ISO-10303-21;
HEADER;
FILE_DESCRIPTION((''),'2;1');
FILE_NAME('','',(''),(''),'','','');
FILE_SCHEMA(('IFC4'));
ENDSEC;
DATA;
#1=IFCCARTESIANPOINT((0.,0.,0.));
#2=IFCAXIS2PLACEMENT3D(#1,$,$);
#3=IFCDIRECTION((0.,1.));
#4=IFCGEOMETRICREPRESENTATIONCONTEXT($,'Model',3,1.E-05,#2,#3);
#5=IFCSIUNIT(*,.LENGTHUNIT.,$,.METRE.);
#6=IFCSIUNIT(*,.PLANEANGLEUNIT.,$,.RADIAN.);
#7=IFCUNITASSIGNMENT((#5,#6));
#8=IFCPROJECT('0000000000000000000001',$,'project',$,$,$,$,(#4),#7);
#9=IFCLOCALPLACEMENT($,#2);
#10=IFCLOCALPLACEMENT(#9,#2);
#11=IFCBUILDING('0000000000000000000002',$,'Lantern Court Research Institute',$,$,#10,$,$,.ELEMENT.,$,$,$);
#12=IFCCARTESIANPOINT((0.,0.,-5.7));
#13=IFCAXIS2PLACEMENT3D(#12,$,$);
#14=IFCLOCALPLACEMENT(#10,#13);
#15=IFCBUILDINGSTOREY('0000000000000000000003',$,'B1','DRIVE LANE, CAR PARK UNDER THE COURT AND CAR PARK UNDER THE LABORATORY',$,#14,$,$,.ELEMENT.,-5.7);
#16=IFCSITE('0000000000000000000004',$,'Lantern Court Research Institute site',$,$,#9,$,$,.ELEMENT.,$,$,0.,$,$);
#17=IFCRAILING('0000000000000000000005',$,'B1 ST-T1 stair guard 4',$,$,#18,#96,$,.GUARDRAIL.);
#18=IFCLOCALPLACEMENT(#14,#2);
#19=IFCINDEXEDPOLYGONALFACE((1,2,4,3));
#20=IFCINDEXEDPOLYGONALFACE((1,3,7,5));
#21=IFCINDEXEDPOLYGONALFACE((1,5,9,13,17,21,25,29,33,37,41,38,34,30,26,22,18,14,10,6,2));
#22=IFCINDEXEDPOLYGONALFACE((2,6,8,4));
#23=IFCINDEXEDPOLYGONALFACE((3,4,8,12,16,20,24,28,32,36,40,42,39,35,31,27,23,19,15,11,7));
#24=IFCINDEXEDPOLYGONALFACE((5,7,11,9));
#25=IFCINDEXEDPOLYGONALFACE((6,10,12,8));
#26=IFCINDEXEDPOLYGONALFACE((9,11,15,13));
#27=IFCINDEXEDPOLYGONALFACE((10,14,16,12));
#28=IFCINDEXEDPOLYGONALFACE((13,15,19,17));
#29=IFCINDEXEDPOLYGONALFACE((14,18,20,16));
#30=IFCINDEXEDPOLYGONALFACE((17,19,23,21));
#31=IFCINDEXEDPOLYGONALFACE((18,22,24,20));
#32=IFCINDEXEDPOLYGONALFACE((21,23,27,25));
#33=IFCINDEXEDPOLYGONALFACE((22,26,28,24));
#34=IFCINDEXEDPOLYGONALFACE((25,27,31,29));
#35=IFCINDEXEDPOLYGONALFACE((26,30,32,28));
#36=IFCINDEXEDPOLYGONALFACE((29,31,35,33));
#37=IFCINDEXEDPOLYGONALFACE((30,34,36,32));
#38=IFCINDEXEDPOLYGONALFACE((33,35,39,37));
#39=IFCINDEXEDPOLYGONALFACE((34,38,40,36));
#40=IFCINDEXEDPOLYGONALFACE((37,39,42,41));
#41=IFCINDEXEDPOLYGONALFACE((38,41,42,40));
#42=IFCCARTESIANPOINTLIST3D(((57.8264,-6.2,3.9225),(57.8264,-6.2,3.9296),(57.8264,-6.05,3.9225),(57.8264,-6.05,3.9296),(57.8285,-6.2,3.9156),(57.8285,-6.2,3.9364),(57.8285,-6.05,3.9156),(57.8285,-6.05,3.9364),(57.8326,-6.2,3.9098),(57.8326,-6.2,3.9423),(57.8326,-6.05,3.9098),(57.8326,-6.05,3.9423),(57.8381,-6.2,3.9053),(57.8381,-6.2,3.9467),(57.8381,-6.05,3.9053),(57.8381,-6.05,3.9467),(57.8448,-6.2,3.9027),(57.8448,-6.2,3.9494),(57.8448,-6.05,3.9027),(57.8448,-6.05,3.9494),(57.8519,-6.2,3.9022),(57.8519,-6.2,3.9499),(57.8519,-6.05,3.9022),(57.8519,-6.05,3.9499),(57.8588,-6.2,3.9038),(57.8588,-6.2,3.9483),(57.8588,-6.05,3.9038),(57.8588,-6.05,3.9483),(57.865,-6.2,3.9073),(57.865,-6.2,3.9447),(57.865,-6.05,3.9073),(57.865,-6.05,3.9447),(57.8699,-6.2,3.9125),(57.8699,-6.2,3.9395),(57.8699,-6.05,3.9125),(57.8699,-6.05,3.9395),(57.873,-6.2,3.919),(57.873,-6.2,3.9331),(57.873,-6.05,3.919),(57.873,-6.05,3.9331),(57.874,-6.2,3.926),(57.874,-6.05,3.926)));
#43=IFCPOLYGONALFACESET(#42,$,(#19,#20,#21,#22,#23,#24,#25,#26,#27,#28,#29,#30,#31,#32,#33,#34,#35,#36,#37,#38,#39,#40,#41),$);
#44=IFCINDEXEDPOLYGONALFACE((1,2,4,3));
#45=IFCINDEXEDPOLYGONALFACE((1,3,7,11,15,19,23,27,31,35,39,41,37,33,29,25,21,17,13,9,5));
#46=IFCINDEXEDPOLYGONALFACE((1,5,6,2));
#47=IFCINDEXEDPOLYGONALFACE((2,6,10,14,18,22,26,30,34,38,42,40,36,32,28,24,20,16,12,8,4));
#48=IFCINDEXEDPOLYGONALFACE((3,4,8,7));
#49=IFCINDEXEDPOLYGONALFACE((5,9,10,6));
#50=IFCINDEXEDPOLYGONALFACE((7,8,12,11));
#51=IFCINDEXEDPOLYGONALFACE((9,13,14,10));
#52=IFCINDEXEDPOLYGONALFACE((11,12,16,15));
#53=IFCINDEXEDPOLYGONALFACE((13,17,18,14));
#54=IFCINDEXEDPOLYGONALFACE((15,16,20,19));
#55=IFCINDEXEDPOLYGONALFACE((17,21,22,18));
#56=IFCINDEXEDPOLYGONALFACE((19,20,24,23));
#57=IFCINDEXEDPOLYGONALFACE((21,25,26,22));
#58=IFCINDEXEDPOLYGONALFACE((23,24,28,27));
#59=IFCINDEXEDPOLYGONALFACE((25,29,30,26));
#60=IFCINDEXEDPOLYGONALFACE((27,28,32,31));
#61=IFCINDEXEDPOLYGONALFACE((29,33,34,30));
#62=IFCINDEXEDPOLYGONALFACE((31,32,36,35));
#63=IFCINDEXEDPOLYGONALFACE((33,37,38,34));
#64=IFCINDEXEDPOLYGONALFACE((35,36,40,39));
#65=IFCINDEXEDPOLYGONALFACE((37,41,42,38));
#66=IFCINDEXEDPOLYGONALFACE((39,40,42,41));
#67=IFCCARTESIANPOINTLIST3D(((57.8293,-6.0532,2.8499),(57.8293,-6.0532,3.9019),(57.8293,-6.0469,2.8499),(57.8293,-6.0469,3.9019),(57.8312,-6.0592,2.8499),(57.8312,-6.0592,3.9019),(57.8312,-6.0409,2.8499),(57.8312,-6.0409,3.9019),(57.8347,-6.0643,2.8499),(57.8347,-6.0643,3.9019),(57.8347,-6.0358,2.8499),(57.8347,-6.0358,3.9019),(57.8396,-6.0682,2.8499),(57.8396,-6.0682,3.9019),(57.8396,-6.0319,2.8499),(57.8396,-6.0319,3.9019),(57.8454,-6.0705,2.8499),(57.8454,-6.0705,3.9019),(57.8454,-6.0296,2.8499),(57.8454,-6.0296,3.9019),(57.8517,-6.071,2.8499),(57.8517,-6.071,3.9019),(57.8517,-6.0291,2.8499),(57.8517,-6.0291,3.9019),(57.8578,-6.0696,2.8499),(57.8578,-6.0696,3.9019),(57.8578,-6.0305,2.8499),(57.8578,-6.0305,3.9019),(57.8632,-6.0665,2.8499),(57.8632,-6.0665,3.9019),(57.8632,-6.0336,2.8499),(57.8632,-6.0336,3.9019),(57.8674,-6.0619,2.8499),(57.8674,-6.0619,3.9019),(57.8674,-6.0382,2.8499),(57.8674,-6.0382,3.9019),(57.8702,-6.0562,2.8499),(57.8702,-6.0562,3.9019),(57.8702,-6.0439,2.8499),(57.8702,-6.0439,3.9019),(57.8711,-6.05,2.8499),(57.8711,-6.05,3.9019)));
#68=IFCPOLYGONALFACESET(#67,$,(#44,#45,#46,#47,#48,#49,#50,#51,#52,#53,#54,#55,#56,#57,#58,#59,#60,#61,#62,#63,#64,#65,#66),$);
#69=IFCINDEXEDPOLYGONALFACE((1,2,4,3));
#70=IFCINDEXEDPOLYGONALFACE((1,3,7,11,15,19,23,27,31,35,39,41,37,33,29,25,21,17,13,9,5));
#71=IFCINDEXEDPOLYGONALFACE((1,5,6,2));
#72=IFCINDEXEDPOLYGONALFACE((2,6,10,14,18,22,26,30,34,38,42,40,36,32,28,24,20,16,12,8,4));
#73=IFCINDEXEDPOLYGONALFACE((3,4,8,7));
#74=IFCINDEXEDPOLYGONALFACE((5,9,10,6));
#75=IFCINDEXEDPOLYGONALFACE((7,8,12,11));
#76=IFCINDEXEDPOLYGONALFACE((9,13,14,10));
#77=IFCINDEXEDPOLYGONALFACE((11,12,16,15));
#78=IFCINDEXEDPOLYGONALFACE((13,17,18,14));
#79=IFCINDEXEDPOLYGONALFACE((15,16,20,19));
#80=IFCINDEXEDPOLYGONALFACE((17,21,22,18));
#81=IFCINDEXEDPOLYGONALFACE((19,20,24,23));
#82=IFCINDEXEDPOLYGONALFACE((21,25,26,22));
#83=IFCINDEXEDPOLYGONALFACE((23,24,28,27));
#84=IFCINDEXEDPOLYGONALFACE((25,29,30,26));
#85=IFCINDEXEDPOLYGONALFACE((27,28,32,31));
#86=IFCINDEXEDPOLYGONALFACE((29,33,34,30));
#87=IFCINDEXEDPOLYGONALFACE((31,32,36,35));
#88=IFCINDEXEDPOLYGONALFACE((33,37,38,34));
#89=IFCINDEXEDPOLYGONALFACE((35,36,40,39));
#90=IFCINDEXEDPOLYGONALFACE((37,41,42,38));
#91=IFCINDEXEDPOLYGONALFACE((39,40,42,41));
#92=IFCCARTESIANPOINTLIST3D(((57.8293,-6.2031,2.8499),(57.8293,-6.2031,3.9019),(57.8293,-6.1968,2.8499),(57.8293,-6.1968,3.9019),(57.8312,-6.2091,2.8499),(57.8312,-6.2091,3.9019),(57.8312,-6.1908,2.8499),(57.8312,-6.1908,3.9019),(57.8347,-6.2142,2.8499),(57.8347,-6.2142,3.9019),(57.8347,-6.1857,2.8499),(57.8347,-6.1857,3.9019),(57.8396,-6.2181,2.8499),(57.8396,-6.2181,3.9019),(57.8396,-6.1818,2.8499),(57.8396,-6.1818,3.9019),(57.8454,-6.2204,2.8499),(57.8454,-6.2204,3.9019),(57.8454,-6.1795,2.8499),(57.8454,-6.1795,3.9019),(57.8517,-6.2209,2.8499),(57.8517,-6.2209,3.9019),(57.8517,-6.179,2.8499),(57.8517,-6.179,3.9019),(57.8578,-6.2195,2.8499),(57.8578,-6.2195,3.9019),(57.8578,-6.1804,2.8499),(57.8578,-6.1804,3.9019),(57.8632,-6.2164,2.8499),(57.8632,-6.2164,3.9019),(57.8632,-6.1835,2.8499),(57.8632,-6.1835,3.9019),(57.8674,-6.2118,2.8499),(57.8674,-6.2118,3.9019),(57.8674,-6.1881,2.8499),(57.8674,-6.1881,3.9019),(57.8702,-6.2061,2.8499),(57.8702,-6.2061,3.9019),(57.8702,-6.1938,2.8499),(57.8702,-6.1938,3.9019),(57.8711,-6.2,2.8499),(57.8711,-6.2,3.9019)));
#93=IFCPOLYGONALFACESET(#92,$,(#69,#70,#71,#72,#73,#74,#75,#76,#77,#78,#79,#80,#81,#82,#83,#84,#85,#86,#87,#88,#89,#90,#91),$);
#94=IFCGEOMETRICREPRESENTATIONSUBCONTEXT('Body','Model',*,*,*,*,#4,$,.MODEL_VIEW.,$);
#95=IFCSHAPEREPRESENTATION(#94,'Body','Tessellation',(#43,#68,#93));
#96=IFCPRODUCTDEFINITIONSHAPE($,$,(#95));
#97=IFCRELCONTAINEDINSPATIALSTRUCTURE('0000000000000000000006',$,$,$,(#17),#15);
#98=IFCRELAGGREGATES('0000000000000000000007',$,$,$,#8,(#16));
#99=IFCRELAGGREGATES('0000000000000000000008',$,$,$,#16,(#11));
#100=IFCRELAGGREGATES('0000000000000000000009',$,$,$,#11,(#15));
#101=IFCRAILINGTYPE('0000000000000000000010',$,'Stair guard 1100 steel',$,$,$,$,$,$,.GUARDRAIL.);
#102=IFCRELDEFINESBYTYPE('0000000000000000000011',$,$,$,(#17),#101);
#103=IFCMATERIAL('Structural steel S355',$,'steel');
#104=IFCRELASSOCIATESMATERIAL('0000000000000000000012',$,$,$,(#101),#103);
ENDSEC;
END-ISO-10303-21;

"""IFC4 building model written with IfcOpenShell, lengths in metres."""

from ifc_helpers import new_model, si_unit, direction, frame, origin, origin_2d, place, context, subcontext, project, spatial, circle, extrude, material, type_object, element, save


model = new_model("IFC4")

# Units and contexts
model_context = context("Model", 3, precision=1e-05, world=origin(), true_north=direction((0.0, 1.0)))
body_context = subcontext(model_context, "Body", "Model", "MODEL_VIEW")
ifc_project = project(units=[si_unit("LENGTHUNIT", "METRE"), si_unit("PLANEANGLEUNIT", "RADIAN")], contexts=[model_context])

# Site, building, storey
site_placement = place(None, origin())
site = spatial("IfcSite", under=ifc_project, at=site_placement, Name="Lantern Court Research Institute site", CompositionType="ELEMENT", RefElevation=0.0)
building_placement = place(site_placement, origin())
building = spatial("IfcBuilding", under=site, at=building_placement, Name="Lantern Court Research Institute", CompositionType="ELEMENT")
storey_placement = place(building_placement, frame((0.0, 0.0, -5.7)))
storey = spatial("IfcBuildingStorey", under=building, at=storey_placement, Name="B1", Description="DRIVE LANE, CAR PARK UNDER THE COURT AND CAR PARK UNDER THE LABORATORY", CompositionType="ELEMENT", Elevation=-5.7)

# Railing
ifc_material_1 = material(Name="Structural steel S355", Category="steel")
railing_type_1 = type_object("IfcRailingType", Name="Stair guard 1100 steel", PredefinedType="GUARDRAIL", material=ifc_material_1)
railing_1_placement = place(storey_placement, frame((57.8501, -6.05, 2.8499)))
element("IfcRailing", 1, at=railing_1_placement, inside=storey, type_object=railing_type_1, Name="B1 ST-T1 stair guard 4", PredefinedType="GUARDRAIL", context=body_context, shape_type="SweptSolid", body=[
    extrude(circle(Radius=0.0239, at=origin_2d()), frame((0.0, 0.0, 1.0762), z_axis=(0.0, -1.0, 0.0), x_axis=(1.0, 0.0, 0.0)), (0.0, 0.0, 1.0), 0.1499),
    extrude(circle(Radius=0.021, at=origin_2d()), origin(), (0.0, 0.0, 1.0), 1.052),
    extrude(circle(Radius=0.021, at=origin_2d()), frame((0.0, -0.1499, 0.0)), (0.0, 0.0, 1.0), 1.052),
])

save(model, "model.ifc")
